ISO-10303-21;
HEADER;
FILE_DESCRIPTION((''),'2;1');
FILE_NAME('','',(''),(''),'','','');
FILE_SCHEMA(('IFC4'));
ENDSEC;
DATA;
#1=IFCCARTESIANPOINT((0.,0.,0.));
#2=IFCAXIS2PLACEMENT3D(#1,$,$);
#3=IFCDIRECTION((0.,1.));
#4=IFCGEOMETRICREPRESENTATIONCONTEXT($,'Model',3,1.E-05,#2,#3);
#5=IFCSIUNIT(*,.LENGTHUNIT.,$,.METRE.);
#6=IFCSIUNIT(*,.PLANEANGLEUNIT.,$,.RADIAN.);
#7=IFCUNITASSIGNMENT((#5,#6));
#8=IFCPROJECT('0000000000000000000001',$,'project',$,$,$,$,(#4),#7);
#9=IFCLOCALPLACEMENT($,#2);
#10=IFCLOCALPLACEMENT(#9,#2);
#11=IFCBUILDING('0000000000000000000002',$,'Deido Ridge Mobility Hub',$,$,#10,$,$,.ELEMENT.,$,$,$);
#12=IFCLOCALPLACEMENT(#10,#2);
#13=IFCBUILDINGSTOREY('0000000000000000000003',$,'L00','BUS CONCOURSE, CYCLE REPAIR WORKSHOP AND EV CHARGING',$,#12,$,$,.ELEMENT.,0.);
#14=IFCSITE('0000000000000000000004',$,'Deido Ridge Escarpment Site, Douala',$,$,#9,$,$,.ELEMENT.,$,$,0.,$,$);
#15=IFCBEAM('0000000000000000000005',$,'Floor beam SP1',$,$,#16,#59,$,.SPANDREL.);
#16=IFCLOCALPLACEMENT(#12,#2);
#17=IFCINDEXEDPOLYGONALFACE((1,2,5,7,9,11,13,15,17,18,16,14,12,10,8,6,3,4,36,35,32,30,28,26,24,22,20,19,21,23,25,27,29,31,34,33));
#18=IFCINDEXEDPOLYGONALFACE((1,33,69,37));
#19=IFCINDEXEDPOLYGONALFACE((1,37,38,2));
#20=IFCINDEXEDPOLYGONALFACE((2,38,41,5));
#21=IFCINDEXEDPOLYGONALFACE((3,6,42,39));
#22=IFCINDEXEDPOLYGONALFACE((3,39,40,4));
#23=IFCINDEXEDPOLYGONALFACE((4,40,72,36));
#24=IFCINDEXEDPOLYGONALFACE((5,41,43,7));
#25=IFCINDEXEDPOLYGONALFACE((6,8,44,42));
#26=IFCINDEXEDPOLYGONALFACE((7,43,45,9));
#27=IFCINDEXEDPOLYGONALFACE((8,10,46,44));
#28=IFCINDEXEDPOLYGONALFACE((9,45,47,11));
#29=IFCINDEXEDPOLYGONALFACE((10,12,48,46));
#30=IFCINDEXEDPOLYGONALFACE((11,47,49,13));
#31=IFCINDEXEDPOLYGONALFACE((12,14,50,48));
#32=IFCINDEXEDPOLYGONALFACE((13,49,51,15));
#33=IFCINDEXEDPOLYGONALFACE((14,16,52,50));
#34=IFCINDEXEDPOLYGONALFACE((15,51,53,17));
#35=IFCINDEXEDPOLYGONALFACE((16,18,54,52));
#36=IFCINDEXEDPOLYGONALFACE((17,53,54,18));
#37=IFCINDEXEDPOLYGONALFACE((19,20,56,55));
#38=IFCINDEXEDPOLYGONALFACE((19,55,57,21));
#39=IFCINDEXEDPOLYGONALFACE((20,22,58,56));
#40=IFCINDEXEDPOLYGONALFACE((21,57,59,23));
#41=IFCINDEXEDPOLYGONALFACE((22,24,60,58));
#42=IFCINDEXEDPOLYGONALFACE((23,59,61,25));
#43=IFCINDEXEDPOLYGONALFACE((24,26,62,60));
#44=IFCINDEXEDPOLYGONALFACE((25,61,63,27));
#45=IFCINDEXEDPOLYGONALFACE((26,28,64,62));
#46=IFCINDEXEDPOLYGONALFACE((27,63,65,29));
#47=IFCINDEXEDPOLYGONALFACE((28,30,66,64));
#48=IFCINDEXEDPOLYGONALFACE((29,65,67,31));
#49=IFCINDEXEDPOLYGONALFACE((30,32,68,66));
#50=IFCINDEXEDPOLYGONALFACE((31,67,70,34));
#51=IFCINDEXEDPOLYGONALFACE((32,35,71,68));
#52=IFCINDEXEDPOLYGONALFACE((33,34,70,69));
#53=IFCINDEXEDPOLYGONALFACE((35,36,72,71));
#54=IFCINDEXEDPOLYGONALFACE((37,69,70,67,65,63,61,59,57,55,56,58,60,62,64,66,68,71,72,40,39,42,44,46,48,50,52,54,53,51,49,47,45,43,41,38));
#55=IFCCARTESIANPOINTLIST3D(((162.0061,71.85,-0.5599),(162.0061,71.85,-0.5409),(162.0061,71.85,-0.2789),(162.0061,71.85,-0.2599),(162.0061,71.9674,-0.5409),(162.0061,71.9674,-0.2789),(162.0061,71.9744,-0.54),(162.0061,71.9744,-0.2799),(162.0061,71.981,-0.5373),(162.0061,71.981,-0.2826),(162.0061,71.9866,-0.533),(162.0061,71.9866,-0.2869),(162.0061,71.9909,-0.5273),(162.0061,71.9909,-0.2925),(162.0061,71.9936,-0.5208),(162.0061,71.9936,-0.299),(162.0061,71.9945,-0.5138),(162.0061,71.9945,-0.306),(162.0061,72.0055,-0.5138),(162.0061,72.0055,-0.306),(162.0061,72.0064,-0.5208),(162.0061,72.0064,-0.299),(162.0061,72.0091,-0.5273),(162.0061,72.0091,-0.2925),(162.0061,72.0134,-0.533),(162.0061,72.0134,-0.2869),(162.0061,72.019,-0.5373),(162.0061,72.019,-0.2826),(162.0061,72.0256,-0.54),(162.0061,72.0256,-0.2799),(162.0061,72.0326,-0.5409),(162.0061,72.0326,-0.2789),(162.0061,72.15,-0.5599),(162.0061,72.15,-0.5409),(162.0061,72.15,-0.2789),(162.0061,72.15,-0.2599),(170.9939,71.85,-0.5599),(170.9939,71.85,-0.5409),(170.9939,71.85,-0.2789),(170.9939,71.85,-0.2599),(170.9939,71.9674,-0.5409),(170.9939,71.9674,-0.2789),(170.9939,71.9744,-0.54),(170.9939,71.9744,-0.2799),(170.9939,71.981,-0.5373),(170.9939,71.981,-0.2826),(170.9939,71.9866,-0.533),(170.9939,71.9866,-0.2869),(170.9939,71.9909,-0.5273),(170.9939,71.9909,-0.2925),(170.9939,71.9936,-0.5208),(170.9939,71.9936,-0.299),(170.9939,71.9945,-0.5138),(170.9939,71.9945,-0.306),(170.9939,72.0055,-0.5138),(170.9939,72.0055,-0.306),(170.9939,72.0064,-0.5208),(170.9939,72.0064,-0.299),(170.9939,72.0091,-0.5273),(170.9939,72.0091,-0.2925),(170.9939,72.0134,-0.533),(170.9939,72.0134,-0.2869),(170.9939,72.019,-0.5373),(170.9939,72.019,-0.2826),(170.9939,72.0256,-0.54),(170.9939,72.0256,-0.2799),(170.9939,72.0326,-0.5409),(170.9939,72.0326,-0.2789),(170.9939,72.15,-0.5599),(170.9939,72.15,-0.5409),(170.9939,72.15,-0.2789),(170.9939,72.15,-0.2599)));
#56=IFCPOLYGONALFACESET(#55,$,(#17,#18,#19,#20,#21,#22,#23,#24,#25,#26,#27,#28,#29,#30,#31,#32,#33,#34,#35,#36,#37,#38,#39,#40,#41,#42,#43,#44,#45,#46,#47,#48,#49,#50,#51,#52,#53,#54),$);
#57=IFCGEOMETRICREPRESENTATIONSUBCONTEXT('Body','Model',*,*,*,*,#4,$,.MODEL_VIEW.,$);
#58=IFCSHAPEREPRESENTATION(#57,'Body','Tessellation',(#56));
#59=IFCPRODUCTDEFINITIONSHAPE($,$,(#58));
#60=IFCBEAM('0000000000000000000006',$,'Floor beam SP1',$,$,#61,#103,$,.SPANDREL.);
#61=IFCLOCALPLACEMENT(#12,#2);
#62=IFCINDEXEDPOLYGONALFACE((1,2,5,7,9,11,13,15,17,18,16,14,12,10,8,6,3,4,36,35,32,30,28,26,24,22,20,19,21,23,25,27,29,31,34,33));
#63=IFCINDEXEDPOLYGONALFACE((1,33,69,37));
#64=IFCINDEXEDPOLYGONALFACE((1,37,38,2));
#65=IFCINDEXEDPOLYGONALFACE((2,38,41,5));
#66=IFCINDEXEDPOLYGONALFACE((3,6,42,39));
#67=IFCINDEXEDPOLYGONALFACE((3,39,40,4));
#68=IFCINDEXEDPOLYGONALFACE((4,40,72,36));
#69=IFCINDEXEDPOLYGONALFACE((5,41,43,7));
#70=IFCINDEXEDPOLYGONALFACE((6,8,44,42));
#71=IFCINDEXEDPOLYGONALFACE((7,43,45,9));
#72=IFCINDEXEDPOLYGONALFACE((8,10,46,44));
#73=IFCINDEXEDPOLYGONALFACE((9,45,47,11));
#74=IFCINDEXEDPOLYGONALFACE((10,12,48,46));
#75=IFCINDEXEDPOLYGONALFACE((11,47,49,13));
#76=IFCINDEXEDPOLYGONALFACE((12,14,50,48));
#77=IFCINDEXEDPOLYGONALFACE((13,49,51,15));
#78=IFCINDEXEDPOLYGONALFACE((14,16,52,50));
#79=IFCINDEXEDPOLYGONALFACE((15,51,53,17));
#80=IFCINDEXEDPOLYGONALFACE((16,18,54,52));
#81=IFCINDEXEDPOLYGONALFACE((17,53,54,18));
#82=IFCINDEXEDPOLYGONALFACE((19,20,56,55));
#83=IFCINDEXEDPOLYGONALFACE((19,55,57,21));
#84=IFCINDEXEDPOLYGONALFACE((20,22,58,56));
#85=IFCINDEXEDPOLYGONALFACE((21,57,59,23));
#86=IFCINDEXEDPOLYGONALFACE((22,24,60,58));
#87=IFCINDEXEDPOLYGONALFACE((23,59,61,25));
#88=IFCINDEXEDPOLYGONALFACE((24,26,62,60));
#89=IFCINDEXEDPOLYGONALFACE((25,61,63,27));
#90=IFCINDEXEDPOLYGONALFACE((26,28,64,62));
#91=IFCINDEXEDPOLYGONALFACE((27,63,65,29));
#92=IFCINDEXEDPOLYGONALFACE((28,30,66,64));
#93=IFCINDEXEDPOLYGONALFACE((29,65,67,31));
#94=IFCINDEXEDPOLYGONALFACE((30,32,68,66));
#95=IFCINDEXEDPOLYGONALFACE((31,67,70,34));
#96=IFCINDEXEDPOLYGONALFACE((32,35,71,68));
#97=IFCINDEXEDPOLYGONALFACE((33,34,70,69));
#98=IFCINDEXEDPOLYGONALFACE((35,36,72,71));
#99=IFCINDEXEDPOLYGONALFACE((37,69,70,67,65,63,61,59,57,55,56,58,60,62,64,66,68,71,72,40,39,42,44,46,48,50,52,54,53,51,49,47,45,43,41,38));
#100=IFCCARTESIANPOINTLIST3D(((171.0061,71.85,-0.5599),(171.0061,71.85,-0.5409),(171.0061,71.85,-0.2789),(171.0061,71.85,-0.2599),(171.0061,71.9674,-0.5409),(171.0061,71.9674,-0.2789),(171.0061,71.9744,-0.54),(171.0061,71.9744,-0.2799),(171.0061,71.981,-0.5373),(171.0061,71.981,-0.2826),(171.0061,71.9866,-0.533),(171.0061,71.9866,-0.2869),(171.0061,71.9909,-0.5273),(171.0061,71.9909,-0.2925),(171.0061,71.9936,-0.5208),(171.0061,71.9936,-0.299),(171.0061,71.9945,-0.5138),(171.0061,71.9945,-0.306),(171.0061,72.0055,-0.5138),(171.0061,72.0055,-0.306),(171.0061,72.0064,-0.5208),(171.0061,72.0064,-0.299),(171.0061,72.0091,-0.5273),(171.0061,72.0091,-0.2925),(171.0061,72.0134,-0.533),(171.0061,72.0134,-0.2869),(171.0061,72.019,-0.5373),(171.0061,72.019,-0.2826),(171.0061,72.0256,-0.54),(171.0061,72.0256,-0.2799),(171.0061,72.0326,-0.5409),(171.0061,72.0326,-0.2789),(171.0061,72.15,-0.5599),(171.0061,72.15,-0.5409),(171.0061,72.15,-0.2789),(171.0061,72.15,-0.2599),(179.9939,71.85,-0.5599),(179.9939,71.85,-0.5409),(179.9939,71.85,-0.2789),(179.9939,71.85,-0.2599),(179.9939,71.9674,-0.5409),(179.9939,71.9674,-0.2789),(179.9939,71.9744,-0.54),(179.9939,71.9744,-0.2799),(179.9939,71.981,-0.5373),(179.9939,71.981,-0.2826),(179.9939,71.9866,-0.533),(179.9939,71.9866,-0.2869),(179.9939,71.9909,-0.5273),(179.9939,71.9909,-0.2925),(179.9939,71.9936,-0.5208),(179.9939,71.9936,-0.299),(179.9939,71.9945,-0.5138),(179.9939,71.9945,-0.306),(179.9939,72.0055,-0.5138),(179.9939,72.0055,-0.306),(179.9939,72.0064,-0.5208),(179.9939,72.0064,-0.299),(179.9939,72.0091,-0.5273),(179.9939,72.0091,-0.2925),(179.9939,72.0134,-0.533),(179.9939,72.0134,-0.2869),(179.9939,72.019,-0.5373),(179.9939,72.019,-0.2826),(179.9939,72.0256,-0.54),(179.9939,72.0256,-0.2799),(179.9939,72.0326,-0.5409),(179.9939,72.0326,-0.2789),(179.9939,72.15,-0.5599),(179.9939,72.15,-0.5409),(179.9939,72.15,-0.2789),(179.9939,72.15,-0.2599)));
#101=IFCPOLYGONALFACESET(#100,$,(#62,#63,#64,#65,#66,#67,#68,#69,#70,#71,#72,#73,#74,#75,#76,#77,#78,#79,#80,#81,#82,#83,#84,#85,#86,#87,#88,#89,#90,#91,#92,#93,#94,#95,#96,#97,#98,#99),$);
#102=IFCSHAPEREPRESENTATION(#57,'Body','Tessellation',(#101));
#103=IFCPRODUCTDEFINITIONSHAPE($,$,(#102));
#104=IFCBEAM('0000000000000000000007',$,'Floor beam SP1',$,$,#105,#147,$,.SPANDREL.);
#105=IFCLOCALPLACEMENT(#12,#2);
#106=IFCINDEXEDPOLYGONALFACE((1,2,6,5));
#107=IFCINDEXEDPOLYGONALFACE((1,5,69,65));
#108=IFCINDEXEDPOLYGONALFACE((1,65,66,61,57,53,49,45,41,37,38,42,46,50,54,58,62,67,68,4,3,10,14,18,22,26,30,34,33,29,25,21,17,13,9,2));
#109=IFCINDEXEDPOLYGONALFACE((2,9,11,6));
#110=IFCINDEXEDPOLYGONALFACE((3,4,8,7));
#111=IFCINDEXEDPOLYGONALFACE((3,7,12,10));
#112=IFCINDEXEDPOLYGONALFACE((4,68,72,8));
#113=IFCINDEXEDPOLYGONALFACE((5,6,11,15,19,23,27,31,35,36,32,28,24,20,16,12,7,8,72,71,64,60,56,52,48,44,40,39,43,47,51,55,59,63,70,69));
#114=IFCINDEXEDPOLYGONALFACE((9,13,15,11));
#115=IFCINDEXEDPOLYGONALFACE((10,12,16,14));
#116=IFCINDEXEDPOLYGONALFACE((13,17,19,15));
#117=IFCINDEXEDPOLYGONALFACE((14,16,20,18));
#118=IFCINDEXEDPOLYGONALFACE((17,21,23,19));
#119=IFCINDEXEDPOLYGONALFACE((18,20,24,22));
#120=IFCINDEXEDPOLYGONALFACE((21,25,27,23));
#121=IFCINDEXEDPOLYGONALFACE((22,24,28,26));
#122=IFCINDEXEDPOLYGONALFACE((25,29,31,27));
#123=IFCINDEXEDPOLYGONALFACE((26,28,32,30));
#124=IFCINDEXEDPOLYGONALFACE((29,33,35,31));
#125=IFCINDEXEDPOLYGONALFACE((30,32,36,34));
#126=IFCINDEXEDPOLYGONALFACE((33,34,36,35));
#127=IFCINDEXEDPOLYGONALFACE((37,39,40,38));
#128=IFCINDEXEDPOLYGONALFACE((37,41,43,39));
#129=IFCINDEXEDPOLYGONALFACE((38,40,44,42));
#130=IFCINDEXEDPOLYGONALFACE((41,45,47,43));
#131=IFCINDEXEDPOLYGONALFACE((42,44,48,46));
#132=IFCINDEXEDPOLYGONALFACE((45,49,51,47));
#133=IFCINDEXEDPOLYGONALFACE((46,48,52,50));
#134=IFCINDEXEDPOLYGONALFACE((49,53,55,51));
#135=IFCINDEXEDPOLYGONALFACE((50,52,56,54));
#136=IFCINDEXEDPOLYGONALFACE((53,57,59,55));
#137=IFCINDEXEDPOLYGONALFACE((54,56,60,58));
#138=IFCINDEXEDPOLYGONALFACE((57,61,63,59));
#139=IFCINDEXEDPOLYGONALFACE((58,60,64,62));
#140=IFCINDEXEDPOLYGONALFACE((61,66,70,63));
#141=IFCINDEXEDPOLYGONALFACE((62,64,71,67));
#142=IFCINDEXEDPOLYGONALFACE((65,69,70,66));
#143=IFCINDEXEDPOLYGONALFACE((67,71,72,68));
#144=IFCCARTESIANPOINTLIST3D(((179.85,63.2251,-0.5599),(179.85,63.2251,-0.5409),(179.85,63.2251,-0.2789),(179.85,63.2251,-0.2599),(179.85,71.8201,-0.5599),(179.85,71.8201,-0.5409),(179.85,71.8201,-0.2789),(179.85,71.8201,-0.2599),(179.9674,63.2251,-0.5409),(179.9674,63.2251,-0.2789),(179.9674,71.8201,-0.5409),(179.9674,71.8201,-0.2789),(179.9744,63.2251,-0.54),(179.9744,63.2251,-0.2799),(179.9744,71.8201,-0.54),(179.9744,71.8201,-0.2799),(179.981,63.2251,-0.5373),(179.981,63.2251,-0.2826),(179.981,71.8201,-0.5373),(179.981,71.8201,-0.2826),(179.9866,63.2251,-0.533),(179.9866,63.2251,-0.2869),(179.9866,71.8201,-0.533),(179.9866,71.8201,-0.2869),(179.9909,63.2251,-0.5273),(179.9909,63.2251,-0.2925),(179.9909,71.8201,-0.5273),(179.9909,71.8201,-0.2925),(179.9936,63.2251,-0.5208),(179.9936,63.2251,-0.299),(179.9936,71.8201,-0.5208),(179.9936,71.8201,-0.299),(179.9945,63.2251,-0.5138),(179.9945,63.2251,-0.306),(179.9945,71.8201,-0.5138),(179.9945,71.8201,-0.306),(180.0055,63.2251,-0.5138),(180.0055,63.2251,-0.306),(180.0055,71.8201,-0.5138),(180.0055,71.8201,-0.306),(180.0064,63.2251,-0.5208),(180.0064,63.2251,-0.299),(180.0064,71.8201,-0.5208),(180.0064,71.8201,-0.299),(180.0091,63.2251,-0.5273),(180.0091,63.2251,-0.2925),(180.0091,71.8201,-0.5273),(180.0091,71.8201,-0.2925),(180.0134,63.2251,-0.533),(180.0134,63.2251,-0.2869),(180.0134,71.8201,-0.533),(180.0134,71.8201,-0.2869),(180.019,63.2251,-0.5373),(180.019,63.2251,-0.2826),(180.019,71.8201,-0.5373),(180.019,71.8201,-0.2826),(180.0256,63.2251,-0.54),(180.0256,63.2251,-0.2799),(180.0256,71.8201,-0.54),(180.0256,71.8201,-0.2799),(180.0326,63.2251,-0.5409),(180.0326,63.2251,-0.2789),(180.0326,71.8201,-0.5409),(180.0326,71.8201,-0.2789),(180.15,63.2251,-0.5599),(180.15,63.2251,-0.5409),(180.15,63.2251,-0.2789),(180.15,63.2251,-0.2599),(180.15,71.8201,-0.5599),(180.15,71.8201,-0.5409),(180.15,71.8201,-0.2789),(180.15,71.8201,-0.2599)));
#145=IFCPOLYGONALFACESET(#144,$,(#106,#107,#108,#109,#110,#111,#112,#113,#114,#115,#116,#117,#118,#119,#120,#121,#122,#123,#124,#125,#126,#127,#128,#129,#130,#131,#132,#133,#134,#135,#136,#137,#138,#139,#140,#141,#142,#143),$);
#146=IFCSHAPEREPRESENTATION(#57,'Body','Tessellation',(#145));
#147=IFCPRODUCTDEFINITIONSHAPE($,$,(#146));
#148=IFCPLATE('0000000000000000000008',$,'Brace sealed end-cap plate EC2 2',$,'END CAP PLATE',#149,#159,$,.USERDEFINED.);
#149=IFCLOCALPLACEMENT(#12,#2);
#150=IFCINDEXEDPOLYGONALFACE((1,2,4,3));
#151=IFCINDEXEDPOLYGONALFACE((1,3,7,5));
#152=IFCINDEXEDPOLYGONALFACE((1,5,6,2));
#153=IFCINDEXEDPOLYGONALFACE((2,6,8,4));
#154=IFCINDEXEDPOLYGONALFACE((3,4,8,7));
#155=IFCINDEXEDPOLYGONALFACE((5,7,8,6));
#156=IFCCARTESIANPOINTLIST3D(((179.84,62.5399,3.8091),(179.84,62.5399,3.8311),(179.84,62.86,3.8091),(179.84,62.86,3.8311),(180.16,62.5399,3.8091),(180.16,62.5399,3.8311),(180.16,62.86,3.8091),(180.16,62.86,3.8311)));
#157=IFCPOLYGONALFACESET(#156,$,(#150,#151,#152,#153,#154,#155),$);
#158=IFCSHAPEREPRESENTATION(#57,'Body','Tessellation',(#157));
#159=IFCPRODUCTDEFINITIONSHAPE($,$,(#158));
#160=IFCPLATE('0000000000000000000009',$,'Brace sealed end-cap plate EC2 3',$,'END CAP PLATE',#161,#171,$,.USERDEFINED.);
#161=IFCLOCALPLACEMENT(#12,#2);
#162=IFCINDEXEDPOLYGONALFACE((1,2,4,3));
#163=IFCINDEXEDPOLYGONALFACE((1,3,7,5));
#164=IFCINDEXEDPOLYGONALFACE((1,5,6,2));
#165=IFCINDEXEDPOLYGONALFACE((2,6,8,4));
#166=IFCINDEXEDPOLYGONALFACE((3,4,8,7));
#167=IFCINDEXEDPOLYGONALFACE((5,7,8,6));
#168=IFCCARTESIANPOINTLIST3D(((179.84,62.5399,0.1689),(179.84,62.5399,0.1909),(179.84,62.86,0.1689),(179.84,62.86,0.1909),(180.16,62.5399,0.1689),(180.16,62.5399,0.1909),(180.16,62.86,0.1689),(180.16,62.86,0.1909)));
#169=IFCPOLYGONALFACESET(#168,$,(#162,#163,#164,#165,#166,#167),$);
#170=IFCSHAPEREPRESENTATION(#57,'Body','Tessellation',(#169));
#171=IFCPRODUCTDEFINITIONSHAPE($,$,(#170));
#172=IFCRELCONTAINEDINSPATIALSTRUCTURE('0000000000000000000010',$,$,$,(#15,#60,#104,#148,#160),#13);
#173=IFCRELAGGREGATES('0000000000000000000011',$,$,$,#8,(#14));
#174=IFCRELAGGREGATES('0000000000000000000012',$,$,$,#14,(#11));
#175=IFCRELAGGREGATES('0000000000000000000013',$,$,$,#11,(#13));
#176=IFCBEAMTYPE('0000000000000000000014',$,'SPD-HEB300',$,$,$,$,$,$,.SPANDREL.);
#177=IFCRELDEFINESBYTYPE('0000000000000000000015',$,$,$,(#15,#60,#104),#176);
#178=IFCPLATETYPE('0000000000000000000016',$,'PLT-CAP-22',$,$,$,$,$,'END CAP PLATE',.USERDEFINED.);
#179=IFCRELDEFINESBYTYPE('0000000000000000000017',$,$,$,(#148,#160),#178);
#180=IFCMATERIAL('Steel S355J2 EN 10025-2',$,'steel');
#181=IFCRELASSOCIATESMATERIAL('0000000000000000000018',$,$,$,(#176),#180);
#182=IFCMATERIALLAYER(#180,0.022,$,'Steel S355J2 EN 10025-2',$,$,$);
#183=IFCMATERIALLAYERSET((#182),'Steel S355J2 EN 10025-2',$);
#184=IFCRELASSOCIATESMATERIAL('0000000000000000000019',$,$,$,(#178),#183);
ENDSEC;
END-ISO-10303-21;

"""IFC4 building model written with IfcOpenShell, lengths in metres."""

from ifc_helpers import new_model, si_unit, direction, frame, origin, origin_2d, place, context, subcontext, project, spatial, rectangle, i_section, extrude, material, layer, layer_set, material_profile, profile_set, type_object, element, save


model = new_model("IFC4")

# Units and contexts
model_context = context("Model", 3, precision=1e-05, world=origin(), true_north=direction((0.0, 1.0)))
body_context = subcontext(model_context, "Body", "Model", "MODEL_VIEW")
ifc_project = project(units=[si_unit("LENGTHUNIT", "METRE"), si_unit("PLANEANGLEUNIT", "RADIAN")], contexts=[model_context])

# Site, building, storey
site_placement = place(None, origin())
site = spatial("IfcSite", under=ifc_project, at=site_placement, Name="Deido Ridge Escarpment Site, Douala", CompositionType="ELEMENT", RefElevation=0.0)
building_placement = place(site_placement, origin())
building = spatial("IfcBuilding", under=site, at=building_placement, Name="Deido Ridge Mobility Hub", CompositionType="ELEMENT")
storey_placement = place(building_placement, origin())
storey = spatial("IfcBuildingStorey", under=building, at=storey_placement, Name="L00", Description="BUS CONCOURSE, CYCLE REPAIR WORKSHOP AND EV CHARGING", CompositionType="ELEMENT", Elevation=0.0)

# Shared definitions
ifc_material_1 = material(Name="Steel S355J2 EN 10025-2", Category="steel")

# Beams
ifc_material_profile_1 = material_profile(ifc_material_1, i_section(OverallWidth=0.3, OverallDepth=0.3, WebThickness=0.011, FlangeThickness=0.019, FilletRadius=0.0271, at=origin_2d()), Name="HEB 300")
ifc_profile_set_1 = profile_set([ifc_material_profile_1], Name="Steel S355J2 EN 10025-2")
beam_type_1 = type_object("IfcBeamType", Name="SPD-HEB300", PredefinedType="SPANDREL", material=ifc_profile_set_1)
for number, where, z_axis, x_axis, name in (
    (1, (162.0061, 72.0, -0.4099), (1.0, 0.0, 0.0), (0.0, 1.0, 0.0), "Floor beam SP1"),
    (2, (171.0061, 72.0, -0.4099), (1.0, 0.0, 0.0), (0.0, 1.0, 0.0), "Floor beam SP1"),
):
    element("IfcBeam", number, at=place(storey_placement, frame(where, z_axis=z_axis, x_axis=x_axis)), inside=storey, type_object=beam_type_1, Name=name, PredefinedType="SPANDREL", context=body_context, shape_type="SweptSolid", body=[
        extrude(i_section(OverallWidth=0.3, OverallDepth=0.3, WebThickness=0.011, FlangeThickness=0.019, FilletRadius=0.0271, at=origin_2d()), origin(), (0.0, 0.0, 1.0), 8.9878),
    ])
beam_1_placement = place(storey_placement, frame((180.0, 63.2251, -0.4099), z_axis=(0.0, 1.0, 0.0), x_axis=(-1.0, 0.0, 0.0)))
element("IfcBeam", 3, at=beam_1_placement, inside=storey, type_object=beam_type_1, Name="Floor beam SP1", PredefinedType="SPANDREL", context=body_context, shape_type="SweptSolid", body=[
    extrude(i_section(OverallWidth=0.3, OverallDepth=0.3, WebThickness=0.011, FlangeThickness=0.019, FilletRadius=0.0271, at=origin_2d()), origin(), (0.0, 0.0, 1.0), 8.595),
])

# Plates
ifc_layer_1 = layer(ifc_material_1, 0.022, Name="Steel S355J2 EN 10025-2")
ifc_layer_set_1 = layer_set([ifc_layer_1], Name="Steel S355J2 EN 10025-2")
plate_type = type_object("IfcPlateType", Name="PLT-CAP-22", ElementType="END CAP PLATE", PredefinedType="USERDEFINED", material=ifc_layer_set_1)
for number, where, z_axis, x_axis, name in (
    (4, (180.0, 62.7, 3.8091), (0.0, 0.0, 1.0), (1.0, 0.0, 0.0), "Brace sealed end-cap plate EC2 2"),
    (5, (180.0, 62.7, 0.1689), (0.0, 0.0, 1.0), (1.0, 0.0, 0.0), "Brace sealed end-cap plate EC2 3"),
):
    element("IfcPlate", number, at=place(storey_placement, frame(where, z_axis=z_axis, x_axis=x_axis)), inside=storey, type_object=plate_type, Name=name, ObjectType="END CAP PLATE", PredefinedType="USERDEFINED", context=body_context, shape_type="SweptSolid", body=[
        extrude(rectangle(XDim=0.3201, YDim=0.3201, at=origin_2d()), origin(), (0.0, 0.0, 1.0), 0.022),
    ])

save(model, "model.ifc")
